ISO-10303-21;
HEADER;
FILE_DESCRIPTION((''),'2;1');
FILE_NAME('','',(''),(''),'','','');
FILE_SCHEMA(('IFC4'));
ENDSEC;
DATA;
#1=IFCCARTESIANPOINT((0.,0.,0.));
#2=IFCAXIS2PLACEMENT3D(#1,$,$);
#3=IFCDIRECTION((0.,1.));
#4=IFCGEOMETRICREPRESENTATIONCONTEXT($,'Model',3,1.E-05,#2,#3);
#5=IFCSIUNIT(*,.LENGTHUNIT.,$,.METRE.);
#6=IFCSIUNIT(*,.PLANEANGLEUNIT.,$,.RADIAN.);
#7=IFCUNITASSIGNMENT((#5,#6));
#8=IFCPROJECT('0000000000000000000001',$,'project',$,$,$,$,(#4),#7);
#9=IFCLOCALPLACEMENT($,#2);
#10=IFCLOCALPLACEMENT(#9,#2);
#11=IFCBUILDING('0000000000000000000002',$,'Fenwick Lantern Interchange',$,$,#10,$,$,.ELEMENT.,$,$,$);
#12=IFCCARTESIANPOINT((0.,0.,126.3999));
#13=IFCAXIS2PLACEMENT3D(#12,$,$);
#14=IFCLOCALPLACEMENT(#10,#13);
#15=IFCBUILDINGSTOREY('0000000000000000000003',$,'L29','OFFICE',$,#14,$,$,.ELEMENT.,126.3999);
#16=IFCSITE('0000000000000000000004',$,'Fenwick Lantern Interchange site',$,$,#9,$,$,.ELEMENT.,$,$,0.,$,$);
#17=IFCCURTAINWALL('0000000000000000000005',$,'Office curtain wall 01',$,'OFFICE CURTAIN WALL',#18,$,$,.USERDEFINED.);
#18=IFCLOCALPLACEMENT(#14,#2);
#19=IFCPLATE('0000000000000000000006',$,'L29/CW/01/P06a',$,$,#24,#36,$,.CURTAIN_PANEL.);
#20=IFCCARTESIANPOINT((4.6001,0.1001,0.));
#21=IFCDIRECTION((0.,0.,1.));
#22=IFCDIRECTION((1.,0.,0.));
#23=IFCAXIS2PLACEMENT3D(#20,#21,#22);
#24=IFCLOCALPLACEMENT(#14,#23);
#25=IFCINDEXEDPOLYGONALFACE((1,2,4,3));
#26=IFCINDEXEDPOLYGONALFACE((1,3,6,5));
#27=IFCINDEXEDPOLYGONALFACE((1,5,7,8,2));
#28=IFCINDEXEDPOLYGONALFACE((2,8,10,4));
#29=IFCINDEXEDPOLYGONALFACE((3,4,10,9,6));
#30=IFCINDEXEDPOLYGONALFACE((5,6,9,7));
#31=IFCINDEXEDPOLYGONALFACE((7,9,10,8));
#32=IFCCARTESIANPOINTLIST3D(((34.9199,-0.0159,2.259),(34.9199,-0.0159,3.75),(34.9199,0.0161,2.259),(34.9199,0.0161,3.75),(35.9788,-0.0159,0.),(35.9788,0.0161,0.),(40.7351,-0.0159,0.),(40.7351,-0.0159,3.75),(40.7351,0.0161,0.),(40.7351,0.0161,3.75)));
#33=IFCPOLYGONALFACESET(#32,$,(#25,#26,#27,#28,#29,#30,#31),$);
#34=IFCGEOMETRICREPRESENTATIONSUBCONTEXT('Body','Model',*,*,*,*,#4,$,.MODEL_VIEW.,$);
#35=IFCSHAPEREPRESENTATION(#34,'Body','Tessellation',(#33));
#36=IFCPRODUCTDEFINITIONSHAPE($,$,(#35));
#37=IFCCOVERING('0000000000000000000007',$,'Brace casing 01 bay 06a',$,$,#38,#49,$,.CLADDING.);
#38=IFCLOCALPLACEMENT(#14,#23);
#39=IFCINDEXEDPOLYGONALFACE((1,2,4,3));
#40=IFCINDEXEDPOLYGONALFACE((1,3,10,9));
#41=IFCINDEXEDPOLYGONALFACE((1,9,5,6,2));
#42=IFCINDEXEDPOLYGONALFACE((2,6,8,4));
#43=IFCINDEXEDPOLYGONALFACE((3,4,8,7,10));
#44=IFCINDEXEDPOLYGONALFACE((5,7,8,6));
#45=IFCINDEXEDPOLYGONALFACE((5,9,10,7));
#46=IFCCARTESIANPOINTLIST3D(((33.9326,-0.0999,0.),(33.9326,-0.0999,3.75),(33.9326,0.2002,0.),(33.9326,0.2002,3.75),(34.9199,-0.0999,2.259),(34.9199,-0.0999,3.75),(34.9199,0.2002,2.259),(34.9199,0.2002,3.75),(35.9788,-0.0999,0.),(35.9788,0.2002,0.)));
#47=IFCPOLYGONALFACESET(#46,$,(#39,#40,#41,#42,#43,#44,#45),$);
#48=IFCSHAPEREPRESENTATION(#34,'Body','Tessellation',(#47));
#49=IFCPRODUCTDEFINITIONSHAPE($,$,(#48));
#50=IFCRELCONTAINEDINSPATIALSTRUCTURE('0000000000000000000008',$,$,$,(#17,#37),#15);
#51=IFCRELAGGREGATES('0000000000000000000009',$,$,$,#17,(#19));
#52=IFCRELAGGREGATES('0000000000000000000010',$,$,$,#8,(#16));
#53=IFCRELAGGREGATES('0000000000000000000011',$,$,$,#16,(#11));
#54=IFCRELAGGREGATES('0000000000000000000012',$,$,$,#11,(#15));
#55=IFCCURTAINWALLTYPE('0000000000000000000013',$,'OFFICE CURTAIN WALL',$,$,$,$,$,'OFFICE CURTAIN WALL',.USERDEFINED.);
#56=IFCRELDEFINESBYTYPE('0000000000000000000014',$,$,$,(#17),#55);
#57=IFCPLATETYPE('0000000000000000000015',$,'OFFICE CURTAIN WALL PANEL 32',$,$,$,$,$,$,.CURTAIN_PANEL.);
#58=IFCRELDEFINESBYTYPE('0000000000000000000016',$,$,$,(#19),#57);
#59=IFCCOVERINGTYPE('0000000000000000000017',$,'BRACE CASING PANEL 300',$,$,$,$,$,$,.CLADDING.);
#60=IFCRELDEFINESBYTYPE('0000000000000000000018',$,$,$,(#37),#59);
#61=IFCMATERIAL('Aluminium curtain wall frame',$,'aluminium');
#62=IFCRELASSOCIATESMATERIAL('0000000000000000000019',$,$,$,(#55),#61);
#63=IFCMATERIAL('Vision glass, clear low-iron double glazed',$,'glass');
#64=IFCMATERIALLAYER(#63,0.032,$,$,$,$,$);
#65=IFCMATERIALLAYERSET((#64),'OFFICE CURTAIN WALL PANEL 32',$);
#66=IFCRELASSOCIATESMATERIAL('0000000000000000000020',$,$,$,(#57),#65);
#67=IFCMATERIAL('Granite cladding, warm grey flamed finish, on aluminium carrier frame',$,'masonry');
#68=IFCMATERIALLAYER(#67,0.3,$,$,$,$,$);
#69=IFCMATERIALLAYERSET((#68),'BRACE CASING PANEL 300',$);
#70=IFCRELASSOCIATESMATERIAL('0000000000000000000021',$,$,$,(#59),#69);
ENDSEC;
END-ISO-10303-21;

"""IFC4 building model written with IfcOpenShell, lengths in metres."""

from ifc_helpers import new_model, si_unit, direction, frame, origin, place, context, subcontext, project, spatial, polyline, outline, extrude, material, layer, layer_set, type_object, element, aggregate, save


model = new_model("IFC4")

# Units and contexts
model_context = context("Model", 3, precision=1e-05, world=origin(), true_north=direction((0.0, 1.0)))
body_context = subcontext(model_context, "Body", "Model", "MODEL_VIEW")
ifc_project = project(units=[si_unit("LENGTHUNIT", "METRE"), si_unit("PLANEANGLEUNIT", "RADIAN")], contexts=[model_context])

# Site, building, storey
site_placement = place(None, origin())
site = spatial("IfcSite", under=ifc_project, at=site_placement, Name="Fenwick Lantern Interchange site", CompositionType="ELEMENT", RefElevation=0.0)
building_placement = place(site_placement, origin())
building = spatial("IfcBuilding", under=site, at=building_placement, Name="Fenwick Lantern Interchange", CompositionType="ELEMENT")
storey_placement = place(building_placement, frame((0.0, 0.0, 126.3999)))
storey = spatial("IfcBuildingStorey", under=building, at=storey_placement, Name="L29", Description="OFFICE", CompositionType="ELEMENT", Elevation=126.3999)

# Curtain wall
ifc_material_1 = material(Name="Aluminium curtain wall frame", Category="aluminium")
curtain_wall_type = type_object("IfcCurtainWallType", Name="OFFICE CURTAIN WALL", ElementType="OFFICE CURTAIN WALL", PredefinedType="USERDEFINED", material=ifc_material_1)
curtain_wall_1_placement = place(storey_placement, origin())
curtain_wall_1 = element("IfcCurtainWall", 1, at=curtain_wall_1_placement, inside=storey, type_object=curtain_wall_type, Name="Office curtain wall 01", ObjectType="OFFICE CURTAIN WALL", PredefinedType="USERDEFINED")

# Plate
ifc_material_2 = material(Name="Vision glass, clear low-iron double glazed", Category="glass")
ifc_layer_1 = layer(ifc_material_2, 0.032)
ifc_layer_set_1 = layer_set([ifc_layer_1], Name="OFFICE CURTAIN WALL PANEL 32")
plate_type = type_object("IfcPlateType", Name="OFFICE CURTAIN WALL PANEL 32", PredefinedType="CURTAIN_PANEL", material=ifc_layer_set_1)
plate_1_placement = place(storey_placement, frame((4.6001, 0.1001, 0.0), z_axis=(0.0, 0.0, 1.0), x_axis=(1.0, 0.0, 0.0)))
plate_1 = element("IfcPlate", 2, at=plate_1_placement, type_object=plate_type, Name="L29/CW/01/P06a", PredefinedType="CURTAIN_PANEL", context=body_context, shape_type="SweptSolid", body=[
    extrude(outline(polyline([(35.9788, 0.0), (40.7351, 0.0), (40.7351, 3.75), (34.9199, 3.75), (34.9199, 2.259), (35.9788, 0.0)])), frame((0.0, 0.0161, 0.0), z_axis=(0.0, -1.0, 0.0), x_axis=(1.0, 0.0, 0.0)), (0.0, 0.0, 1.0), 0.032),
])
aggregate(curtain_wall_1, [plate_1])

# Covering
ifc_material_3 = material(Name="Granite cladding, warm grey flamed finish, on aluminium carrier frame", Category="masonry")
ifc_layer_2 = layer(ifc_material_3, 0.3)
ifc_layer_set_2 = layer_set([ifc_layer_2], Name="BRACE CASING PANEL 300")
covering_type = type_object("IfcCoveringType", Name="BRACE CASING PANEL 300", PredefinedType="CLADDING", material=ifc_layer_set_2)
covering_placement = place(storey_placement, frame((4.6001, 0.1001, 0.0), z_axis=(0.0, 0.0, 1.0), x_axis=(1.0, 0.0, 0.0)))
element("IfcCovering", 3, at=covering_placement, inside=storey, type_object=covering_type, Name="Brace casing 01 bay 06a", PredefinedType="CLADDING", context=body_context, shape_type="SweptSolid", body=[
    extrude(outline(polyline([(33.9326, 0.0), (35.9788, 0.0), (34.9199, 2.259), (34.9199, 3.75), (33.9326, 3.75), (33.9326, 0.0)])), frame((0.0, 0.2002, 0.0), z_axis=(0.0, -1.0, 0.0), x_axis=(1.0, 0.0, 0.0)), (0.0, 0.0, 1.0), 0.3),
])

save(model, "model.ifc")
